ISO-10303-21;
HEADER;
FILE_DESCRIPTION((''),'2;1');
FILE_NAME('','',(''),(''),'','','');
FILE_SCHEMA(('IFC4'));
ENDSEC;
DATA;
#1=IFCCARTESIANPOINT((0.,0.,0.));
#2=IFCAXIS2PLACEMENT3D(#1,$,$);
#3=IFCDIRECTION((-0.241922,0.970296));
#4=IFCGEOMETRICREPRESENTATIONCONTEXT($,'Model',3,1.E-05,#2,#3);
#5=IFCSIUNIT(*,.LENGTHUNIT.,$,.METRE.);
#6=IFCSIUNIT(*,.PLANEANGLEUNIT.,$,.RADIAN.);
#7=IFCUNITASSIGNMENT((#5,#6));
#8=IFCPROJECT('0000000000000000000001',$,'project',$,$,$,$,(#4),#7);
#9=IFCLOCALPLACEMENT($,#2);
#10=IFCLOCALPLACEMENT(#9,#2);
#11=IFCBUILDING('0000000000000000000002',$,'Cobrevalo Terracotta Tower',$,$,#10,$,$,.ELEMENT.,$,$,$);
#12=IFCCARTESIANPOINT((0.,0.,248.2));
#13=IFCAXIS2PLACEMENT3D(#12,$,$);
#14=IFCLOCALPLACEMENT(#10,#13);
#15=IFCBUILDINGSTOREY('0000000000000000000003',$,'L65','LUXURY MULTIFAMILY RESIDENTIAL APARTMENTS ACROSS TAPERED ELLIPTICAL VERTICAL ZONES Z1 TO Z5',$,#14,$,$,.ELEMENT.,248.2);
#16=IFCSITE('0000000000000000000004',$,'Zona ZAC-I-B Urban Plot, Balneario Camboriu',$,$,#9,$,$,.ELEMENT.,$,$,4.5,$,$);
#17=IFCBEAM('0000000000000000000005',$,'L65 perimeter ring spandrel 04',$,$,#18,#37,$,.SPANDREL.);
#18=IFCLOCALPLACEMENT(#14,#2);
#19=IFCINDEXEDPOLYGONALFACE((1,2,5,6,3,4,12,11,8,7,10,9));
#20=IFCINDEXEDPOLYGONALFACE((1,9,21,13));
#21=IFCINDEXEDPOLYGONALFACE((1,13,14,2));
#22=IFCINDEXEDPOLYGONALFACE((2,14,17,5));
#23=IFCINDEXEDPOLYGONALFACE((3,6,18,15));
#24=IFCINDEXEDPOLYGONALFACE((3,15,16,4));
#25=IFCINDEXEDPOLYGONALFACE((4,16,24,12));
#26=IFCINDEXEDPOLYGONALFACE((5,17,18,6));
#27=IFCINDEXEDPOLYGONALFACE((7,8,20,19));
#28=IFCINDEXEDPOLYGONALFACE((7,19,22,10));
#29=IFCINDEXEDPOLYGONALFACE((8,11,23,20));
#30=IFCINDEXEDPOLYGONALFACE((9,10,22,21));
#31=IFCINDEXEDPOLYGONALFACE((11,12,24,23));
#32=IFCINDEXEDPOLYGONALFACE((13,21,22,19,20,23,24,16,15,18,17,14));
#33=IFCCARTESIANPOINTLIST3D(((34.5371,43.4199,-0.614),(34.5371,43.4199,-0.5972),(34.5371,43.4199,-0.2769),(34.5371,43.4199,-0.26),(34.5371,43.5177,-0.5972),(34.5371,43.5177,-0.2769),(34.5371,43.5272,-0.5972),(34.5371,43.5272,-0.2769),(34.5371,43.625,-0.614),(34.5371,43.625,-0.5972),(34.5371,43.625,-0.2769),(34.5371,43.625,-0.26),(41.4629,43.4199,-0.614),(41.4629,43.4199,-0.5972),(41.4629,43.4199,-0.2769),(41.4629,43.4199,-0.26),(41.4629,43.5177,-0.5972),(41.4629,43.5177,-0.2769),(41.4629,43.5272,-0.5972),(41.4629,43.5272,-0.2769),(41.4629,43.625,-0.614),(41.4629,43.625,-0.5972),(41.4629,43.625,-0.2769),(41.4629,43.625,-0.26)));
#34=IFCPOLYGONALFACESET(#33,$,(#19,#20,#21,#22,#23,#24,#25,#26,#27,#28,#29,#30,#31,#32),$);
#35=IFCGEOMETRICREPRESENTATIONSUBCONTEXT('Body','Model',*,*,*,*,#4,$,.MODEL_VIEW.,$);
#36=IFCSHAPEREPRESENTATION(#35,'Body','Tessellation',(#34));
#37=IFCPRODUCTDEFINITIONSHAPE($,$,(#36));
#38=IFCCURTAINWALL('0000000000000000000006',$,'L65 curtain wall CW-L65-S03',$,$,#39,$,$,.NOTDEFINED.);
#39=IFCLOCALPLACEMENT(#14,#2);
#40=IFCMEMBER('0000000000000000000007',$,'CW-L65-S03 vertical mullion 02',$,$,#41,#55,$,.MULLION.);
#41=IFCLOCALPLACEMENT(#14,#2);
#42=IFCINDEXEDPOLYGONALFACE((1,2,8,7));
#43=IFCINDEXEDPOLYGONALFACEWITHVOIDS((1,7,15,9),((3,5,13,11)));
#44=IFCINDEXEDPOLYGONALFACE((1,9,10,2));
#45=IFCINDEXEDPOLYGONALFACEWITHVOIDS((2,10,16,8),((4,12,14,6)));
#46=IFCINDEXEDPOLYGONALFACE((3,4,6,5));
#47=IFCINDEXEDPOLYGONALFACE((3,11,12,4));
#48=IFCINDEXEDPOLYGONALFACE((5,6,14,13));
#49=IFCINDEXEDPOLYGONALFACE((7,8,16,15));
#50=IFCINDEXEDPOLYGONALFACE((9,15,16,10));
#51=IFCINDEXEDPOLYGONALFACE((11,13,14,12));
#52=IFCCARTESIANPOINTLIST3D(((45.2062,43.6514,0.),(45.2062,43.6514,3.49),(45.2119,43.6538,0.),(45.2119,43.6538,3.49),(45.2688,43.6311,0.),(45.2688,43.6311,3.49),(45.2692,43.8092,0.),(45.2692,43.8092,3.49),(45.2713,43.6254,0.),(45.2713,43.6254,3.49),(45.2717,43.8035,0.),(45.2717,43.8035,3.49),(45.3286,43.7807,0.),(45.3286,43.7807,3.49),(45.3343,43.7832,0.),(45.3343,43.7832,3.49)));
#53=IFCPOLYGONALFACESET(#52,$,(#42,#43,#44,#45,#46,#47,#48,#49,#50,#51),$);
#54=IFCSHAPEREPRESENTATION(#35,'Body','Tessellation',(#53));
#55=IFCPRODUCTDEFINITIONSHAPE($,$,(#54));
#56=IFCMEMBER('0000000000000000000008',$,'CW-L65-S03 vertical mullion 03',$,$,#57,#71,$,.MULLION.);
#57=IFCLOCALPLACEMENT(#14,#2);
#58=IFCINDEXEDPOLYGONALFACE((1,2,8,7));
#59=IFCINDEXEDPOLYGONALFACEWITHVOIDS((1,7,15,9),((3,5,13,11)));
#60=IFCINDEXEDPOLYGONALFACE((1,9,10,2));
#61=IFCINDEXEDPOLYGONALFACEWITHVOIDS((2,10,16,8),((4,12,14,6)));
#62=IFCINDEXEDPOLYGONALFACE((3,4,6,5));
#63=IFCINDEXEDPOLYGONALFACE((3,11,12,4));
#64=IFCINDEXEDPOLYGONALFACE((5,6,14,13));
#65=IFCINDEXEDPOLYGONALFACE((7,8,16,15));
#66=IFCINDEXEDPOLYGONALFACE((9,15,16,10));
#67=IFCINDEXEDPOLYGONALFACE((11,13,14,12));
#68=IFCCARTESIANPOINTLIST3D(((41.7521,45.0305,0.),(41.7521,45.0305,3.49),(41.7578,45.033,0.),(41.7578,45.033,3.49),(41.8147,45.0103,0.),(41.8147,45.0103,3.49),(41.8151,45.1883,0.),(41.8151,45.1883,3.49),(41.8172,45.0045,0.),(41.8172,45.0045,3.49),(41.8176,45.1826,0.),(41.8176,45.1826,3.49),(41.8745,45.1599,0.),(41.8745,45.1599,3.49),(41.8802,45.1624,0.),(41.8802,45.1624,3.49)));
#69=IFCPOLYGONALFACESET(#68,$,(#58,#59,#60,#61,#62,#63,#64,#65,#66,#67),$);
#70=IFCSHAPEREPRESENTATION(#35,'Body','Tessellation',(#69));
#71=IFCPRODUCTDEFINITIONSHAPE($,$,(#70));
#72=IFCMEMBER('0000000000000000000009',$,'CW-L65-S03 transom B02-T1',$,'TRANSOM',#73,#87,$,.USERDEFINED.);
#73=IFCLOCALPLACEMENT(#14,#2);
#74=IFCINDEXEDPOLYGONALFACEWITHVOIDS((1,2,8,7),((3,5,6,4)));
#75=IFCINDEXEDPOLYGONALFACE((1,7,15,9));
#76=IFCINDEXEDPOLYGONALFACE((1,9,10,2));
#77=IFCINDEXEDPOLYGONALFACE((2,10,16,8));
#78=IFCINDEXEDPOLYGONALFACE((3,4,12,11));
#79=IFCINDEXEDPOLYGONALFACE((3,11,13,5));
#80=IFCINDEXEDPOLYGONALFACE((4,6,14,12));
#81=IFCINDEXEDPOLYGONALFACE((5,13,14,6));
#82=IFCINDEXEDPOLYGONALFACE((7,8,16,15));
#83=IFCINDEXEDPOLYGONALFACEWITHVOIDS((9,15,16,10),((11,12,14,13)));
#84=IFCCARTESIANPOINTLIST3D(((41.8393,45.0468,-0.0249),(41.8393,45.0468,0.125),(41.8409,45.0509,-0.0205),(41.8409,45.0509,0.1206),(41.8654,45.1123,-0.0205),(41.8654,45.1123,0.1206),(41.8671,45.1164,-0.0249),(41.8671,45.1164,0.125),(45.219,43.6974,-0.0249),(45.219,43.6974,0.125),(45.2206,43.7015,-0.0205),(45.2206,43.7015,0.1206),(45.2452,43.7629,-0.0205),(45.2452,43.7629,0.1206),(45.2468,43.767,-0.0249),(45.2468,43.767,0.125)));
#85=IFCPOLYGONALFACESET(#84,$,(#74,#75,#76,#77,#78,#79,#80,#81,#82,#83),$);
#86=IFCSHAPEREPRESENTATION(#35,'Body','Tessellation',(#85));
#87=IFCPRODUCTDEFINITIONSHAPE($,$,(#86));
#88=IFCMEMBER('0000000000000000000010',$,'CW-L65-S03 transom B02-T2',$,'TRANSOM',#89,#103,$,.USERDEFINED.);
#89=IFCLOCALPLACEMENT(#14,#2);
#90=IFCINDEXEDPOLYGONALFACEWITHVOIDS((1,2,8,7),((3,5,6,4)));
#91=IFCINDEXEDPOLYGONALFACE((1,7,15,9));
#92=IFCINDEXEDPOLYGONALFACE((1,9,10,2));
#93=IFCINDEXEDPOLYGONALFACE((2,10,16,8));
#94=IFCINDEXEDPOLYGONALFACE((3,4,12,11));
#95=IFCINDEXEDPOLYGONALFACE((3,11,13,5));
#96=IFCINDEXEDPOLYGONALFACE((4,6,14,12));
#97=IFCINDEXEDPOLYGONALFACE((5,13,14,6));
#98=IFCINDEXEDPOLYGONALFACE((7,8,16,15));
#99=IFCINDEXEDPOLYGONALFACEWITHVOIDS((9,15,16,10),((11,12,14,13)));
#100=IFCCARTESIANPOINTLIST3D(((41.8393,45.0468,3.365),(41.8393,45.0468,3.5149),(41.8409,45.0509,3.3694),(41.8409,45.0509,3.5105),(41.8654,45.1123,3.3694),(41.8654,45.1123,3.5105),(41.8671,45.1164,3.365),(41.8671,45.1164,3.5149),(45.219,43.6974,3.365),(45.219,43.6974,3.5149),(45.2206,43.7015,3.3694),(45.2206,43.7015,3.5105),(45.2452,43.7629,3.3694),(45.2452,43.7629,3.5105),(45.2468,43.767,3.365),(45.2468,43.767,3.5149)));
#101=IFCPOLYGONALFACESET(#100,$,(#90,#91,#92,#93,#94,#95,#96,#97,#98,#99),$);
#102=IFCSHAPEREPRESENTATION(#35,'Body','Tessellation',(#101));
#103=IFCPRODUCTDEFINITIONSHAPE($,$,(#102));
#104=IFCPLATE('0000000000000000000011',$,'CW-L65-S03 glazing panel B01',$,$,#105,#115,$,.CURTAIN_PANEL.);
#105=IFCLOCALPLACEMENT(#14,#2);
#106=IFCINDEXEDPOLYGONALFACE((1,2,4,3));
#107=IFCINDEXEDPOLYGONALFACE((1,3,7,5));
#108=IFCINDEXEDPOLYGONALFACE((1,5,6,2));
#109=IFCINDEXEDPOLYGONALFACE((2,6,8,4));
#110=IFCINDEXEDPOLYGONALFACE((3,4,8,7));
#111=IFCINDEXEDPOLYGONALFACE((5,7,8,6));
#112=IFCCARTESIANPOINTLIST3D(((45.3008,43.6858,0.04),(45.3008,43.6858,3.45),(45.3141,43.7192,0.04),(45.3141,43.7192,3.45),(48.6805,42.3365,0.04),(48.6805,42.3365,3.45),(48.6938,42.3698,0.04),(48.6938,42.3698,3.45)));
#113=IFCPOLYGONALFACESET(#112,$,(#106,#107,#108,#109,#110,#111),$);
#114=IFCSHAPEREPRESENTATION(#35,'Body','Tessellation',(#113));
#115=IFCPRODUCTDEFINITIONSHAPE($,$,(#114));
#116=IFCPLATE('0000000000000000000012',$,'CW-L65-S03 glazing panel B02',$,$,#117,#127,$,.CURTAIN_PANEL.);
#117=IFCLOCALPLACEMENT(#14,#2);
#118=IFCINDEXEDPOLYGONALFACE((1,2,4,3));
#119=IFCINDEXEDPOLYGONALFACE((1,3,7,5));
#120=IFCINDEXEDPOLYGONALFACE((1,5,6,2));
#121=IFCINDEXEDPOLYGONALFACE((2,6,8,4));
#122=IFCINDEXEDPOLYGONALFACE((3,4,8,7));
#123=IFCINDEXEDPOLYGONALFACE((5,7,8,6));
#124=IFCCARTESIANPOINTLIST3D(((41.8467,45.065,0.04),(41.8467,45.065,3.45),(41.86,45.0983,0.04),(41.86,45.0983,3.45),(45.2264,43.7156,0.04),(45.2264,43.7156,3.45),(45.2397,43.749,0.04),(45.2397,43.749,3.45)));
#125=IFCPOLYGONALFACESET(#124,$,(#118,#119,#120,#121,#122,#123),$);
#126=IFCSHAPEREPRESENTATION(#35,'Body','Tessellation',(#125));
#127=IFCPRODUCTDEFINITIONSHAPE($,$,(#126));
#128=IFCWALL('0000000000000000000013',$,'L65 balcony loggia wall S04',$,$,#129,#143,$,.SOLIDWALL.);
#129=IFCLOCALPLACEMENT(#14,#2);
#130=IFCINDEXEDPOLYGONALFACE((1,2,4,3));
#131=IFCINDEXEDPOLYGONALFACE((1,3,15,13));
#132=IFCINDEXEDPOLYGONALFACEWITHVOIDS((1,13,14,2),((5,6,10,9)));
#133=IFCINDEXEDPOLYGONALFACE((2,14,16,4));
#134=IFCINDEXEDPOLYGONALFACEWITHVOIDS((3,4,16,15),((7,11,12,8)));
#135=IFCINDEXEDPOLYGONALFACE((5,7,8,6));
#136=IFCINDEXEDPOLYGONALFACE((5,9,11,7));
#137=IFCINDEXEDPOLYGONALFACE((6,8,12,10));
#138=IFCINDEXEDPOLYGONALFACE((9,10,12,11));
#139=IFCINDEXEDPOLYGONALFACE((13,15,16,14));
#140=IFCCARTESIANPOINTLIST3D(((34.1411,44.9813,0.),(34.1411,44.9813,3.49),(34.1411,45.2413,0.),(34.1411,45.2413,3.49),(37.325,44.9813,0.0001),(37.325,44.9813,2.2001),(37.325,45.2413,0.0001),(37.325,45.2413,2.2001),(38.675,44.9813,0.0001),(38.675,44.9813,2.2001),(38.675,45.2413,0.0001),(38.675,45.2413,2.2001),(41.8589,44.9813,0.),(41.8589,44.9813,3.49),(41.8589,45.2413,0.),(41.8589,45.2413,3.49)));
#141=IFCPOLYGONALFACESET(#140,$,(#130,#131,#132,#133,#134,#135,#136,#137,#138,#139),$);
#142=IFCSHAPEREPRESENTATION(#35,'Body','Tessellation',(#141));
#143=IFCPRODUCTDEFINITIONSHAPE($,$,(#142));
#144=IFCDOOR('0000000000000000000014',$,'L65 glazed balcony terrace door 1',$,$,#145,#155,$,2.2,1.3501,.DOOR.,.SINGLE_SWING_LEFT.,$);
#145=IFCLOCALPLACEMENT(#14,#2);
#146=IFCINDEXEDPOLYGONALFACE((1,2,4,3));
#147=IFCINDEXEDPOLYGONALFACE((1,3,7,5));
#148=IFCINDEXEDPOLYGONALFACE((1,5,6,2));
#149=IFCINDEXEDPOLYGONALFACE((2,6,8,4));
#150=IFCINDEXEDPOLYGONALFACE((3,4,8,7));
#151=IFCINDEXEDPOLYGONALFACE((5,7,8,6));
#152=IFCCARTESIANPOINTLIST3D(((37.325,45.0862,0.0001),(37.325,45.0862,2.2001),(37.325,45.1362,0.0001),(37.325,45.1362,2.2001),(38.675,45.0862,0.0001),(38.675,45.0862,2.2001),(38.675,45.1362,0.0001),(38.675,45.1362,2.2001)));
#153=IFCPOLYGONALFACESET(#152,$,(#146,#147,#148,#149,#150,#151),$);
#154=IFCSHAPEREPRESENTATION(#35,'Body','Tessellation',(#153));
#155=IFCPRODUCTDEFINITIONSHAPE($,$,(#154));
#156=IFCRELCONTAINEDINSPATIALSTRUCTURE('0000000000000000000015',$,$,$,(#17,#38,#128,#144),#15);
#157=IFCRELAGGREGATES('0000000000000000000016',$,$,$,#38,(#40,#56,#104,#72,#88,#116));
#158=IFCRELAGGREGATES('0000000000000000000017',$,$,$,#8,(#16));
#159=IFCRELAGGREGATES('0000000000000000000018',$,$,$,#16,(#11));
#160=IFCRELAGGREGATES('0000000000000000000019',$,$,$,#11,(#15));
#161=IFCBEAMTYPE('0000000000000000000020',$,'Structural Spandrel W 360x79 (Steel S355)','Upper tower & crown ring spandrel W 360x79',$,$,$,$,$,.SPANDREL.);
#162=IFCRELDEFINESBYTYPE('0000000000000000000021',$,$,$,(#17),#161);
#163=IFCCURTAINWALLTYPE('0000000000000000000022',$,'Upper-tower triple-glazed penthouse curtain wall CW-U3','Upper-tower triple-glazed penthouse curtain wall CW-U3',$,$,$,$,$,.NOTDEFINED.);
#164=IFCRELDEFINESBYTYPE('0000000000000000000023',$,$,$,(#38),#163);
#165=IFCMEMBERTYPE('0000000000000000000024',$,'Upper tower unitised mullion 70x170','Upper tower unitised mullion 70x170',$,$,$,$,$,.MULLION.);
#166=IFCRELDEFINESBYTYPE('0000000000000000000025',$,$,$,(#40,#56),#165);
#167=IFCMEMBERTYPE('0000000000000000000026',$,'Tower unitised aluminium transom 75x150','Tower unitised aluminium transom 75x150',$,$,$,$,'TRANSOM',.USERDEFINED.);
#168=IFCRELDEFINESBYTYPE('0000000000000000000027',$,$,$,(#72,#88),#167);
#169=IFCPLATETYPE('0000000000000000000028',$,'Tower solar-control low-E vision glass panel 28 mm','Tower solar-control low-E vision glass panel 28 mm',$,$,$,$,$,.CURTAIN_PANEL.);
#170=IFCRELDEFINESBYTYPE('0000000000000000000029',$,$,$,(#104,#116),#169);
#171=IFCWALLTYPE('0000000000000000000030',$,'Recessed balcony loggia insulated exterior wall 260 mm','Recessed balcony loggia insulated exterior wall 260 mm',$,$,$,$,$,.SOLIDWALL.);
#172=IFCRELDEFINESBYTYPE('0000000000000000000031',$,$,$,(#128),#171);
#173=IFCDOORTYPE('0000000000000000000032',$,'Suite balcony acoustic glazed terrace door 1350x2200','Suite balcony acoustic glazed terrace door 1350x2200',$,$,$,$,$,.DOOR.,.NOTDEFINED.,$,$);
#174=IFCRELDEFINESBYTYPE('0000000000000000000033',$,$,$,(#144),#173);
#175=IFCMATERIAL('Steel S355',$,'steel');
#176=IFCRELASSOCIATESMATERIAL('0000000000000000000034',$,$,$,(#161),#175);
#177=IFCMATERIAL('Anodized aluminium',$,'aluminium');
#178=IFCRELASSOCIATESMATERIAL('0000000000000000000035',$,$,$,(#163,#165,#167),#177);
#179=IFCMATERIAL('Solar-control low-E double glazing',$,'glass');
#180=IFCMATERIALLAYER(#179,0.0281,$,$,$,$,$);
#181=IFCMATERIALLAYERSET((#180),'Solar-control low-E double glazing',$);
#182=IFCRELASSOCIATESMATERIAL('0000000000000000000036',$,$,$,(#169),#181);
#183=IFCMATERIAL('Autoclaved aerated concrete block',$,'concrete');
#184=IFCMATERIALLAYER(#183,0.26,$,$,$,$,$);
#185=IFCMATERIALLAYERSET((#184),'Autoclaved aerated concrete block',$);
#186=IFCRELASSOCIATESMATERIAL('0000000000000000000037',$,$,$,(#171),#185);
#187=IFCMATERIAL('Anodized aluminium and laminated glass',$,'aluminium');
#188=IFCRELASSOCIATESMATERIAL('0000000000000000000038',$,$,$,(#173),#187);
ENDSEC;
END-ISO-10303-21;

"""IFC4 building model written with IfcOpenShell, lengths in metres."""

from ifc_helpers import new_model, si_unit, direction, frame, frame_2d, origin, origin_2d, place, context, subcontext, project, spatial, rectangle, hollow_rectangle, i_section, extrude, source, transform, mapped, material, layer, layer_set, material_profile, profile_set, type_object, element, fill, aggregate, save


model = new_model("IFC4")

# Units and contexts
model_context = context("Model", 3, precision=1e-05, world=origin(), true_north=direction((-0.241922, 0.970296)))
body_context = subcontext(model_context, "Body", "Model", "MODEL_VIEW")
ifc_project = project(units=[si_unit("LENGTHUNIT", "METRE"), si_unit("PLANEANGLEUNIT", "RADIAN")], contexts=[model_context])

# Site, building, storey
site_placement = place(None, origin())
site = spatial("IfcSite", under=ifc_project, at=site_placement, Name="Zona ZAC-I-B Urban Plot, Balneario Camboriu", CompositionType="ELEMENT", RefElevation=4.5)
building_placement = place(site_placement, origin())
building = spatial("IfcBuilding", under=site, at=building_placement, Name="Cobrevalo Terracotta Tower", CompositionType="ELEMENT")
storey_placement = place(building_placement, frame((0.0, 0.0, 248.2)))
storey = spatial("IfcBuildingStorey", under=building, at=storey_placement, Name="L65", Description="LUXURY MULTIFAMILY RESIDENTIAL APARTMENTS ACROSS TAPERED ELLIPTICAL VERTICAL ZONES Z1 TO Z5", CompositionType="ELEMENT", Elevation=248.2)

# Shared definitions
ifc_material_1 = material(Name="Steel S355", Category="steel")

# Beam
ifc_material_profile_1 = material_profile(ifc_material_1, i_section(OverallWidth=0.2051, OverallDepth=0.354, WebThickness=0.0095, FlangeThickness=0.0168, at=origin_2d()), Name="W 360x79")
ifc_profile_set_1 = profile_set([ifc_material_profile_1], Name="Steel S355")
beam_type_1 = type_object("IfcBeamType", Name="Structural Spandrel W 360x79 (Steel S355)", Description="Upper tower & crown ring spandrel W 360x79", PredefinedType="SPANDREL", material=ifc_profile_set_1)
beam_1_placement = place(storey_placement, frame((41.4629, 43.5225, -0.437), z_axis=(-1.0, 0.0, 0.0), x_axis=(0.0, -1.0, 0.0)))
element("IfcBeam", 1, at=beam_1_placement, inside=storey, type_object=beam_type_1, Name="L65 perimeter ring spandrel 04", PredefinedType="SPANDREL", context=body_context, shape_type="SweptSolid", body=[
    extrude(i_section(OverallWidth=0.2051, OverallDepth=0.354, WebThickness=0.0095, FlangeThickness=0.0168, at=origin_2d()), origin(), (0.0, 0.0, 1.0), 6.9258),
])

# Curtain wall, members, plates
ifc_material_2 = material(Name="Anodized aluminium", Category="aluminium")
curtain_wall_type = type_object("IfcCurtainWallType", Name="Upper-tower triple-glazed penthouse curtain wall CW-U3", Description="Upper-tower triple-glazed penthouse curtain wall CW-U3", PredefinedType="NOTDEFINED", material=ifc_material_2)
curtain_wall_placement = place(storey_placement, origin())
curtain_wall = element("IfcCurtainWall", 2, at=curtain_wall_placement, inside=storey, type_object=curtain_wall_type, Name="L65 curtain wall CW-L65-S03", PredefinedType="NOTDEFINED")
ifc_material_profile_2 = material_profile(ifc_material_2, hollow_rectangle(XDim=0.0701, YDim=0.1699, WallThickness=0.0044, at=origin_2d()), Name="CWM 70x170")
ifc_profile_set_2 = profile_set([ifc_material_profile_2], Name="Anodized aluminium")
member_type_1 = type_object("IfcMemberType", Name="Upper tower unitised mullion 70x170", Description="Upper tower unitised mullion 70x170", PredefinedType="MULLION", material=ifc_profile_set_2)
shared_shape_1 = source(origin(), body_context, "Body", "SweptSolid", [
    extrude(hollow_rectangle(XDim=0.0701, YDim=0.1699, WallThickness=0.0044, at=origin_2d()), origin(), (0.0, 0.0, 1.0), 3.49),
])
member_1_placement = place(storey_placement, frame((45.2703, 43.7173, 0.0), z_axis=(0.0, 0.0, 1.0), x_axis=(-0.928719, 0.370784, 0.0)))
member_1 = element("IfcMember", 3, at=member_1_placement, type_object=member_type_1, Name="CW-L65-S03 vertical mullion 02", PredefinedType="MULLION", context=body_context, shape_type="MappedRepresentation", body=[
    mapped(shared_shape_1, transform((0.0, 0.0, 0.0), scale=1.0)),
])
member_2_placement = place(storey_placement, frame((41.8162, 45.0964, 0.0), z_axis=(0.0, 0.0, 1.0), x_axis=(-0.928719, 0.370784, 0.0)))
member_2 = element("IfcMember", 4, at=member_2_placement, type_object=member_type_1, Name="CW-L65-S03 vertical mullion 03", PredefinedType="MULLION", context=body_context, shape_type="MappedRepresentation", body=[
    mapped(shared_shape_1, transform((0.0, 0.0, 0.0), scale=1.0)),
])
ifc_material_profile_3 = material_profile(ifc_material_2, hollow_rectangle(XDim=0.075, YDim=0.1499, WallThickness=0.0044, at=origin_2d()), Name="CWT 75x150")
ifc_profile_set_3 = profile_set([ifc_material_profile_3], Name="Anodized aluminium")
member_type_2 = type_object("IfcMemberType", Name="Tower unitised aluminium transom 75x150", Description="Tower unitised aluminium transom 75x150", ElementType="TRANSOM", PredefinedType="USERDEFINED", material=ifc_profile_set_3)
shared_shape_2 = source(origin(), body_context, "Body", "SweptSolid", [
    extrude(hollow_rectangle(XDim=0.075, YDim=0.1499, WallThickness=0.0044, at=origin_2d()), origin(), (0.0, 0.0, 1.0), 3.6392),
])
member_3_placement = place(storey_placement, frame((45.2329, 43.7322, 0.05), z_axis=(-0.928712, 0.370801, 0.0), x_axis=(-0.370801, -0.928712, 0.0)))
member_3 = element("IfcMember", 5, at=member_3_placement, type_object=member_type_2, Name="CW-L65-S03 transom B02-T1", ObjectType="TRANSOM", PredefinedType="USERDEFINED", context=body_context, shape_type="MappedRepresentation", body=[
    mapped(shared_shape_2, transform((0.0, 0.0, 0.0), scale=1.0)),
])
member_4_placement = place(storey_placement, frame((45.2329, 43.7322, 3.4399), z_axis=(-0.928712, 0.370801, 0.0), x_axis=(-0.370801, -0.928712, 0.0)))
member_4 = element("IfcMember", 6, at=member_4_placement, type_object=member_type_2, Name="CW-L65-S03 transom B02-T2", ObjectType="TRANSOM", PredefinedType="USERDEFINED", context=body_context, shape_type="MappedRepresentation", body=[
    mapped(shared_shape_2, transform((0.0, 0.0, 0.0), scale=1.0)),
])
ifc_material_3 = material(Name="Solar-control low-E double glazing", Category="glass")
ifc_layer_1 = layer(ifc_material_3, 0.0281)
ifc_layer_set_1 = layer_set([ifc_layer_1], Name="Solar-control low-E double glazing")
plate_type = type_object("IfcPlateType", Name="Tower solar-control low-E vision glass panel 28 mm", Description="Tower solar-control low-E vision glass panel 28 mm", PredefinedType="CURTAIN_PANEL", material=ifc_layer_set_1)
shared_shape_3 = source(origin(), body_context, "Body", "SweptSolid", [
    extrude(rectangle(XDim=3.6392, YDim=0.0359, at=origin_2d()), origin(), (0.0, 0.0, 1.0), 3.4099),
])
plate_1_placement = place(storey_placement, frame((46.9973, 43.0278, 0.04), z_axis=(0.0, 0.0, 1.0), x_axis=(-0.928718, 0.370786, 0.0)))
plate_1 = element("IfcPlate", 7, at=plate_1_placement, type_object=plate_type, Name="CW-L65-S03 glazing panel B01", PredefinedType="CURTAIN_PANEL", context=body_context, shape_type="MappedRepresentation", body=[
    mapped(shared_shape_3, transform((0.0, 0.0, 0.0), scale=1.0)),
])
plate_2_placement = place(storey_placement, frame((43.5432, 44.407, 0.04), z_axis=(0.0, 0.0, 1.0), x_axis=(-0.928718, 0.370786, 0.0)))
plate_2 = element("IfcPlate", 8, at=plate_2_placement, type_object=plate_type, Name="CW-L65-S03 glazing panel B02", PredefinedType="CURTAIN_PANEL", context=body_context, shape_type="MappedRepresentation", body=[
    mapped(shared_shape_3, transform((0.0, 0.0, 0.0), scale=1.0)),
])
aggregate(curtain_wall, [member_1, member_2, plate_1, member_3, member_4, plate_2])

# Wall, opening, door
ifc_material_4 = material(Name="Autoclaved aerated concrete block", Category="concrete")
ifc_layer_2 = layer(ifc_material_4, 0.26)
ifc_layer_set_2 = layer_set([ifc_layer_2], Name="Autoclaved aerated concrete block")
wall_type_1 = type_object("IfcWallType", Name="Recessed balcony loggia insulated exterior wall 260 mm", Description="Recessed balcony loggia insulated exterior wall 260 mm", PredefinedType="SOLIDWALL", material=ifc_layer_set_2)
wall_1_placement = place(storey_placement, frame((41.8589, 45.1113, 0.0), z_axis=(0.0, 0.0, 1.0), x_axis=(-1.0, 0.0, 0.0)))
wall_1 = element("IfcWall", 9, at=wall_1_placement, inside=storey, type_object=wall_type_1, Name="L65 balcony loggia wall S04", PredefinedType="SOLIDWALL", context=body_context, shape_type="SweptSolid", body=[
    extrude(rectangle(XDim=7.7178, YDim=0.26, at=frame_2d((3.8589, 0.0))), origin(), (0.0, 0.0, 1.0), 3.49),
])
opening_1_placement = place(wall_1_placement, frame((3.1838, 0.0, 0.0)))
opening_1 = element("IfcOpeningElement", 10, at=opening_1_placement, cuts=wall_1, PredefinedType="OPENING", context=body_context, shape_type="SweptSolid", body=[
    extrude(rectangle(XDim=1.3501, YDim=2.2, at=frame_2d((0.675, 1.1001))), frame((0.0, 0.1401, 0.0), z_axis=(0.0, -1.0, 0.0), x_axis=(1.0, 0.0, 0.0)), (0.0, 0.0, 1.0), 0.28),
])
ifc_material_5 = material(Name="Anodized aluminium and laminated glass", Category="aluminium")
door_type_1 = type_object("IfcDoorType", Name="Suite balcony acoustic glazed terrace door 1350x2200", Description="Suite balcony acoustic glazed terrace door 1350x2200", OperationType="NOTDEFINED", PredefinedType="DOOR", material=ifc_material_5)
shared_shape_4 = source(origin(), body_context, "Body", "SweptSolid", [
    extrude(rectangle(XDim=1.3501, YDim=2.2, at=frame_2d((0.675, 1.1001))), frame((0.0, 0.0249, 0.0), z_axis=(0.0, -1.0, 0.0), x_axis=(1.0, 0.0, 0.0)), (0.0, 0.0, 1.0), 0.05),
])
door_1_placement = place(opening_1_placement, frame((1.3501, 0.0, 0.0), z_axis=(0.0, 0.0, 1.0), x_axis=(-1.0, 0.0, 0.0)))
door_1 = element("IfcDoor", 11, at=door_1_placement, inside=storey, type_object=door_type_1, Name="L65 glazed balcony terrace door 1", OperationType="SINGLE_SWING_LEFT", OverallHeight=2.2, OverallWidth=1.3501, PredefinedType="DOOR", context=body_context, shape_type="MappedRepresentation", body=[
    mapped(shared_shape_4, transform((0.0, 0.0, 0.0), scale=1.0)),
])
fill(opening_1, door_1)

save(model, "model.ifc")
